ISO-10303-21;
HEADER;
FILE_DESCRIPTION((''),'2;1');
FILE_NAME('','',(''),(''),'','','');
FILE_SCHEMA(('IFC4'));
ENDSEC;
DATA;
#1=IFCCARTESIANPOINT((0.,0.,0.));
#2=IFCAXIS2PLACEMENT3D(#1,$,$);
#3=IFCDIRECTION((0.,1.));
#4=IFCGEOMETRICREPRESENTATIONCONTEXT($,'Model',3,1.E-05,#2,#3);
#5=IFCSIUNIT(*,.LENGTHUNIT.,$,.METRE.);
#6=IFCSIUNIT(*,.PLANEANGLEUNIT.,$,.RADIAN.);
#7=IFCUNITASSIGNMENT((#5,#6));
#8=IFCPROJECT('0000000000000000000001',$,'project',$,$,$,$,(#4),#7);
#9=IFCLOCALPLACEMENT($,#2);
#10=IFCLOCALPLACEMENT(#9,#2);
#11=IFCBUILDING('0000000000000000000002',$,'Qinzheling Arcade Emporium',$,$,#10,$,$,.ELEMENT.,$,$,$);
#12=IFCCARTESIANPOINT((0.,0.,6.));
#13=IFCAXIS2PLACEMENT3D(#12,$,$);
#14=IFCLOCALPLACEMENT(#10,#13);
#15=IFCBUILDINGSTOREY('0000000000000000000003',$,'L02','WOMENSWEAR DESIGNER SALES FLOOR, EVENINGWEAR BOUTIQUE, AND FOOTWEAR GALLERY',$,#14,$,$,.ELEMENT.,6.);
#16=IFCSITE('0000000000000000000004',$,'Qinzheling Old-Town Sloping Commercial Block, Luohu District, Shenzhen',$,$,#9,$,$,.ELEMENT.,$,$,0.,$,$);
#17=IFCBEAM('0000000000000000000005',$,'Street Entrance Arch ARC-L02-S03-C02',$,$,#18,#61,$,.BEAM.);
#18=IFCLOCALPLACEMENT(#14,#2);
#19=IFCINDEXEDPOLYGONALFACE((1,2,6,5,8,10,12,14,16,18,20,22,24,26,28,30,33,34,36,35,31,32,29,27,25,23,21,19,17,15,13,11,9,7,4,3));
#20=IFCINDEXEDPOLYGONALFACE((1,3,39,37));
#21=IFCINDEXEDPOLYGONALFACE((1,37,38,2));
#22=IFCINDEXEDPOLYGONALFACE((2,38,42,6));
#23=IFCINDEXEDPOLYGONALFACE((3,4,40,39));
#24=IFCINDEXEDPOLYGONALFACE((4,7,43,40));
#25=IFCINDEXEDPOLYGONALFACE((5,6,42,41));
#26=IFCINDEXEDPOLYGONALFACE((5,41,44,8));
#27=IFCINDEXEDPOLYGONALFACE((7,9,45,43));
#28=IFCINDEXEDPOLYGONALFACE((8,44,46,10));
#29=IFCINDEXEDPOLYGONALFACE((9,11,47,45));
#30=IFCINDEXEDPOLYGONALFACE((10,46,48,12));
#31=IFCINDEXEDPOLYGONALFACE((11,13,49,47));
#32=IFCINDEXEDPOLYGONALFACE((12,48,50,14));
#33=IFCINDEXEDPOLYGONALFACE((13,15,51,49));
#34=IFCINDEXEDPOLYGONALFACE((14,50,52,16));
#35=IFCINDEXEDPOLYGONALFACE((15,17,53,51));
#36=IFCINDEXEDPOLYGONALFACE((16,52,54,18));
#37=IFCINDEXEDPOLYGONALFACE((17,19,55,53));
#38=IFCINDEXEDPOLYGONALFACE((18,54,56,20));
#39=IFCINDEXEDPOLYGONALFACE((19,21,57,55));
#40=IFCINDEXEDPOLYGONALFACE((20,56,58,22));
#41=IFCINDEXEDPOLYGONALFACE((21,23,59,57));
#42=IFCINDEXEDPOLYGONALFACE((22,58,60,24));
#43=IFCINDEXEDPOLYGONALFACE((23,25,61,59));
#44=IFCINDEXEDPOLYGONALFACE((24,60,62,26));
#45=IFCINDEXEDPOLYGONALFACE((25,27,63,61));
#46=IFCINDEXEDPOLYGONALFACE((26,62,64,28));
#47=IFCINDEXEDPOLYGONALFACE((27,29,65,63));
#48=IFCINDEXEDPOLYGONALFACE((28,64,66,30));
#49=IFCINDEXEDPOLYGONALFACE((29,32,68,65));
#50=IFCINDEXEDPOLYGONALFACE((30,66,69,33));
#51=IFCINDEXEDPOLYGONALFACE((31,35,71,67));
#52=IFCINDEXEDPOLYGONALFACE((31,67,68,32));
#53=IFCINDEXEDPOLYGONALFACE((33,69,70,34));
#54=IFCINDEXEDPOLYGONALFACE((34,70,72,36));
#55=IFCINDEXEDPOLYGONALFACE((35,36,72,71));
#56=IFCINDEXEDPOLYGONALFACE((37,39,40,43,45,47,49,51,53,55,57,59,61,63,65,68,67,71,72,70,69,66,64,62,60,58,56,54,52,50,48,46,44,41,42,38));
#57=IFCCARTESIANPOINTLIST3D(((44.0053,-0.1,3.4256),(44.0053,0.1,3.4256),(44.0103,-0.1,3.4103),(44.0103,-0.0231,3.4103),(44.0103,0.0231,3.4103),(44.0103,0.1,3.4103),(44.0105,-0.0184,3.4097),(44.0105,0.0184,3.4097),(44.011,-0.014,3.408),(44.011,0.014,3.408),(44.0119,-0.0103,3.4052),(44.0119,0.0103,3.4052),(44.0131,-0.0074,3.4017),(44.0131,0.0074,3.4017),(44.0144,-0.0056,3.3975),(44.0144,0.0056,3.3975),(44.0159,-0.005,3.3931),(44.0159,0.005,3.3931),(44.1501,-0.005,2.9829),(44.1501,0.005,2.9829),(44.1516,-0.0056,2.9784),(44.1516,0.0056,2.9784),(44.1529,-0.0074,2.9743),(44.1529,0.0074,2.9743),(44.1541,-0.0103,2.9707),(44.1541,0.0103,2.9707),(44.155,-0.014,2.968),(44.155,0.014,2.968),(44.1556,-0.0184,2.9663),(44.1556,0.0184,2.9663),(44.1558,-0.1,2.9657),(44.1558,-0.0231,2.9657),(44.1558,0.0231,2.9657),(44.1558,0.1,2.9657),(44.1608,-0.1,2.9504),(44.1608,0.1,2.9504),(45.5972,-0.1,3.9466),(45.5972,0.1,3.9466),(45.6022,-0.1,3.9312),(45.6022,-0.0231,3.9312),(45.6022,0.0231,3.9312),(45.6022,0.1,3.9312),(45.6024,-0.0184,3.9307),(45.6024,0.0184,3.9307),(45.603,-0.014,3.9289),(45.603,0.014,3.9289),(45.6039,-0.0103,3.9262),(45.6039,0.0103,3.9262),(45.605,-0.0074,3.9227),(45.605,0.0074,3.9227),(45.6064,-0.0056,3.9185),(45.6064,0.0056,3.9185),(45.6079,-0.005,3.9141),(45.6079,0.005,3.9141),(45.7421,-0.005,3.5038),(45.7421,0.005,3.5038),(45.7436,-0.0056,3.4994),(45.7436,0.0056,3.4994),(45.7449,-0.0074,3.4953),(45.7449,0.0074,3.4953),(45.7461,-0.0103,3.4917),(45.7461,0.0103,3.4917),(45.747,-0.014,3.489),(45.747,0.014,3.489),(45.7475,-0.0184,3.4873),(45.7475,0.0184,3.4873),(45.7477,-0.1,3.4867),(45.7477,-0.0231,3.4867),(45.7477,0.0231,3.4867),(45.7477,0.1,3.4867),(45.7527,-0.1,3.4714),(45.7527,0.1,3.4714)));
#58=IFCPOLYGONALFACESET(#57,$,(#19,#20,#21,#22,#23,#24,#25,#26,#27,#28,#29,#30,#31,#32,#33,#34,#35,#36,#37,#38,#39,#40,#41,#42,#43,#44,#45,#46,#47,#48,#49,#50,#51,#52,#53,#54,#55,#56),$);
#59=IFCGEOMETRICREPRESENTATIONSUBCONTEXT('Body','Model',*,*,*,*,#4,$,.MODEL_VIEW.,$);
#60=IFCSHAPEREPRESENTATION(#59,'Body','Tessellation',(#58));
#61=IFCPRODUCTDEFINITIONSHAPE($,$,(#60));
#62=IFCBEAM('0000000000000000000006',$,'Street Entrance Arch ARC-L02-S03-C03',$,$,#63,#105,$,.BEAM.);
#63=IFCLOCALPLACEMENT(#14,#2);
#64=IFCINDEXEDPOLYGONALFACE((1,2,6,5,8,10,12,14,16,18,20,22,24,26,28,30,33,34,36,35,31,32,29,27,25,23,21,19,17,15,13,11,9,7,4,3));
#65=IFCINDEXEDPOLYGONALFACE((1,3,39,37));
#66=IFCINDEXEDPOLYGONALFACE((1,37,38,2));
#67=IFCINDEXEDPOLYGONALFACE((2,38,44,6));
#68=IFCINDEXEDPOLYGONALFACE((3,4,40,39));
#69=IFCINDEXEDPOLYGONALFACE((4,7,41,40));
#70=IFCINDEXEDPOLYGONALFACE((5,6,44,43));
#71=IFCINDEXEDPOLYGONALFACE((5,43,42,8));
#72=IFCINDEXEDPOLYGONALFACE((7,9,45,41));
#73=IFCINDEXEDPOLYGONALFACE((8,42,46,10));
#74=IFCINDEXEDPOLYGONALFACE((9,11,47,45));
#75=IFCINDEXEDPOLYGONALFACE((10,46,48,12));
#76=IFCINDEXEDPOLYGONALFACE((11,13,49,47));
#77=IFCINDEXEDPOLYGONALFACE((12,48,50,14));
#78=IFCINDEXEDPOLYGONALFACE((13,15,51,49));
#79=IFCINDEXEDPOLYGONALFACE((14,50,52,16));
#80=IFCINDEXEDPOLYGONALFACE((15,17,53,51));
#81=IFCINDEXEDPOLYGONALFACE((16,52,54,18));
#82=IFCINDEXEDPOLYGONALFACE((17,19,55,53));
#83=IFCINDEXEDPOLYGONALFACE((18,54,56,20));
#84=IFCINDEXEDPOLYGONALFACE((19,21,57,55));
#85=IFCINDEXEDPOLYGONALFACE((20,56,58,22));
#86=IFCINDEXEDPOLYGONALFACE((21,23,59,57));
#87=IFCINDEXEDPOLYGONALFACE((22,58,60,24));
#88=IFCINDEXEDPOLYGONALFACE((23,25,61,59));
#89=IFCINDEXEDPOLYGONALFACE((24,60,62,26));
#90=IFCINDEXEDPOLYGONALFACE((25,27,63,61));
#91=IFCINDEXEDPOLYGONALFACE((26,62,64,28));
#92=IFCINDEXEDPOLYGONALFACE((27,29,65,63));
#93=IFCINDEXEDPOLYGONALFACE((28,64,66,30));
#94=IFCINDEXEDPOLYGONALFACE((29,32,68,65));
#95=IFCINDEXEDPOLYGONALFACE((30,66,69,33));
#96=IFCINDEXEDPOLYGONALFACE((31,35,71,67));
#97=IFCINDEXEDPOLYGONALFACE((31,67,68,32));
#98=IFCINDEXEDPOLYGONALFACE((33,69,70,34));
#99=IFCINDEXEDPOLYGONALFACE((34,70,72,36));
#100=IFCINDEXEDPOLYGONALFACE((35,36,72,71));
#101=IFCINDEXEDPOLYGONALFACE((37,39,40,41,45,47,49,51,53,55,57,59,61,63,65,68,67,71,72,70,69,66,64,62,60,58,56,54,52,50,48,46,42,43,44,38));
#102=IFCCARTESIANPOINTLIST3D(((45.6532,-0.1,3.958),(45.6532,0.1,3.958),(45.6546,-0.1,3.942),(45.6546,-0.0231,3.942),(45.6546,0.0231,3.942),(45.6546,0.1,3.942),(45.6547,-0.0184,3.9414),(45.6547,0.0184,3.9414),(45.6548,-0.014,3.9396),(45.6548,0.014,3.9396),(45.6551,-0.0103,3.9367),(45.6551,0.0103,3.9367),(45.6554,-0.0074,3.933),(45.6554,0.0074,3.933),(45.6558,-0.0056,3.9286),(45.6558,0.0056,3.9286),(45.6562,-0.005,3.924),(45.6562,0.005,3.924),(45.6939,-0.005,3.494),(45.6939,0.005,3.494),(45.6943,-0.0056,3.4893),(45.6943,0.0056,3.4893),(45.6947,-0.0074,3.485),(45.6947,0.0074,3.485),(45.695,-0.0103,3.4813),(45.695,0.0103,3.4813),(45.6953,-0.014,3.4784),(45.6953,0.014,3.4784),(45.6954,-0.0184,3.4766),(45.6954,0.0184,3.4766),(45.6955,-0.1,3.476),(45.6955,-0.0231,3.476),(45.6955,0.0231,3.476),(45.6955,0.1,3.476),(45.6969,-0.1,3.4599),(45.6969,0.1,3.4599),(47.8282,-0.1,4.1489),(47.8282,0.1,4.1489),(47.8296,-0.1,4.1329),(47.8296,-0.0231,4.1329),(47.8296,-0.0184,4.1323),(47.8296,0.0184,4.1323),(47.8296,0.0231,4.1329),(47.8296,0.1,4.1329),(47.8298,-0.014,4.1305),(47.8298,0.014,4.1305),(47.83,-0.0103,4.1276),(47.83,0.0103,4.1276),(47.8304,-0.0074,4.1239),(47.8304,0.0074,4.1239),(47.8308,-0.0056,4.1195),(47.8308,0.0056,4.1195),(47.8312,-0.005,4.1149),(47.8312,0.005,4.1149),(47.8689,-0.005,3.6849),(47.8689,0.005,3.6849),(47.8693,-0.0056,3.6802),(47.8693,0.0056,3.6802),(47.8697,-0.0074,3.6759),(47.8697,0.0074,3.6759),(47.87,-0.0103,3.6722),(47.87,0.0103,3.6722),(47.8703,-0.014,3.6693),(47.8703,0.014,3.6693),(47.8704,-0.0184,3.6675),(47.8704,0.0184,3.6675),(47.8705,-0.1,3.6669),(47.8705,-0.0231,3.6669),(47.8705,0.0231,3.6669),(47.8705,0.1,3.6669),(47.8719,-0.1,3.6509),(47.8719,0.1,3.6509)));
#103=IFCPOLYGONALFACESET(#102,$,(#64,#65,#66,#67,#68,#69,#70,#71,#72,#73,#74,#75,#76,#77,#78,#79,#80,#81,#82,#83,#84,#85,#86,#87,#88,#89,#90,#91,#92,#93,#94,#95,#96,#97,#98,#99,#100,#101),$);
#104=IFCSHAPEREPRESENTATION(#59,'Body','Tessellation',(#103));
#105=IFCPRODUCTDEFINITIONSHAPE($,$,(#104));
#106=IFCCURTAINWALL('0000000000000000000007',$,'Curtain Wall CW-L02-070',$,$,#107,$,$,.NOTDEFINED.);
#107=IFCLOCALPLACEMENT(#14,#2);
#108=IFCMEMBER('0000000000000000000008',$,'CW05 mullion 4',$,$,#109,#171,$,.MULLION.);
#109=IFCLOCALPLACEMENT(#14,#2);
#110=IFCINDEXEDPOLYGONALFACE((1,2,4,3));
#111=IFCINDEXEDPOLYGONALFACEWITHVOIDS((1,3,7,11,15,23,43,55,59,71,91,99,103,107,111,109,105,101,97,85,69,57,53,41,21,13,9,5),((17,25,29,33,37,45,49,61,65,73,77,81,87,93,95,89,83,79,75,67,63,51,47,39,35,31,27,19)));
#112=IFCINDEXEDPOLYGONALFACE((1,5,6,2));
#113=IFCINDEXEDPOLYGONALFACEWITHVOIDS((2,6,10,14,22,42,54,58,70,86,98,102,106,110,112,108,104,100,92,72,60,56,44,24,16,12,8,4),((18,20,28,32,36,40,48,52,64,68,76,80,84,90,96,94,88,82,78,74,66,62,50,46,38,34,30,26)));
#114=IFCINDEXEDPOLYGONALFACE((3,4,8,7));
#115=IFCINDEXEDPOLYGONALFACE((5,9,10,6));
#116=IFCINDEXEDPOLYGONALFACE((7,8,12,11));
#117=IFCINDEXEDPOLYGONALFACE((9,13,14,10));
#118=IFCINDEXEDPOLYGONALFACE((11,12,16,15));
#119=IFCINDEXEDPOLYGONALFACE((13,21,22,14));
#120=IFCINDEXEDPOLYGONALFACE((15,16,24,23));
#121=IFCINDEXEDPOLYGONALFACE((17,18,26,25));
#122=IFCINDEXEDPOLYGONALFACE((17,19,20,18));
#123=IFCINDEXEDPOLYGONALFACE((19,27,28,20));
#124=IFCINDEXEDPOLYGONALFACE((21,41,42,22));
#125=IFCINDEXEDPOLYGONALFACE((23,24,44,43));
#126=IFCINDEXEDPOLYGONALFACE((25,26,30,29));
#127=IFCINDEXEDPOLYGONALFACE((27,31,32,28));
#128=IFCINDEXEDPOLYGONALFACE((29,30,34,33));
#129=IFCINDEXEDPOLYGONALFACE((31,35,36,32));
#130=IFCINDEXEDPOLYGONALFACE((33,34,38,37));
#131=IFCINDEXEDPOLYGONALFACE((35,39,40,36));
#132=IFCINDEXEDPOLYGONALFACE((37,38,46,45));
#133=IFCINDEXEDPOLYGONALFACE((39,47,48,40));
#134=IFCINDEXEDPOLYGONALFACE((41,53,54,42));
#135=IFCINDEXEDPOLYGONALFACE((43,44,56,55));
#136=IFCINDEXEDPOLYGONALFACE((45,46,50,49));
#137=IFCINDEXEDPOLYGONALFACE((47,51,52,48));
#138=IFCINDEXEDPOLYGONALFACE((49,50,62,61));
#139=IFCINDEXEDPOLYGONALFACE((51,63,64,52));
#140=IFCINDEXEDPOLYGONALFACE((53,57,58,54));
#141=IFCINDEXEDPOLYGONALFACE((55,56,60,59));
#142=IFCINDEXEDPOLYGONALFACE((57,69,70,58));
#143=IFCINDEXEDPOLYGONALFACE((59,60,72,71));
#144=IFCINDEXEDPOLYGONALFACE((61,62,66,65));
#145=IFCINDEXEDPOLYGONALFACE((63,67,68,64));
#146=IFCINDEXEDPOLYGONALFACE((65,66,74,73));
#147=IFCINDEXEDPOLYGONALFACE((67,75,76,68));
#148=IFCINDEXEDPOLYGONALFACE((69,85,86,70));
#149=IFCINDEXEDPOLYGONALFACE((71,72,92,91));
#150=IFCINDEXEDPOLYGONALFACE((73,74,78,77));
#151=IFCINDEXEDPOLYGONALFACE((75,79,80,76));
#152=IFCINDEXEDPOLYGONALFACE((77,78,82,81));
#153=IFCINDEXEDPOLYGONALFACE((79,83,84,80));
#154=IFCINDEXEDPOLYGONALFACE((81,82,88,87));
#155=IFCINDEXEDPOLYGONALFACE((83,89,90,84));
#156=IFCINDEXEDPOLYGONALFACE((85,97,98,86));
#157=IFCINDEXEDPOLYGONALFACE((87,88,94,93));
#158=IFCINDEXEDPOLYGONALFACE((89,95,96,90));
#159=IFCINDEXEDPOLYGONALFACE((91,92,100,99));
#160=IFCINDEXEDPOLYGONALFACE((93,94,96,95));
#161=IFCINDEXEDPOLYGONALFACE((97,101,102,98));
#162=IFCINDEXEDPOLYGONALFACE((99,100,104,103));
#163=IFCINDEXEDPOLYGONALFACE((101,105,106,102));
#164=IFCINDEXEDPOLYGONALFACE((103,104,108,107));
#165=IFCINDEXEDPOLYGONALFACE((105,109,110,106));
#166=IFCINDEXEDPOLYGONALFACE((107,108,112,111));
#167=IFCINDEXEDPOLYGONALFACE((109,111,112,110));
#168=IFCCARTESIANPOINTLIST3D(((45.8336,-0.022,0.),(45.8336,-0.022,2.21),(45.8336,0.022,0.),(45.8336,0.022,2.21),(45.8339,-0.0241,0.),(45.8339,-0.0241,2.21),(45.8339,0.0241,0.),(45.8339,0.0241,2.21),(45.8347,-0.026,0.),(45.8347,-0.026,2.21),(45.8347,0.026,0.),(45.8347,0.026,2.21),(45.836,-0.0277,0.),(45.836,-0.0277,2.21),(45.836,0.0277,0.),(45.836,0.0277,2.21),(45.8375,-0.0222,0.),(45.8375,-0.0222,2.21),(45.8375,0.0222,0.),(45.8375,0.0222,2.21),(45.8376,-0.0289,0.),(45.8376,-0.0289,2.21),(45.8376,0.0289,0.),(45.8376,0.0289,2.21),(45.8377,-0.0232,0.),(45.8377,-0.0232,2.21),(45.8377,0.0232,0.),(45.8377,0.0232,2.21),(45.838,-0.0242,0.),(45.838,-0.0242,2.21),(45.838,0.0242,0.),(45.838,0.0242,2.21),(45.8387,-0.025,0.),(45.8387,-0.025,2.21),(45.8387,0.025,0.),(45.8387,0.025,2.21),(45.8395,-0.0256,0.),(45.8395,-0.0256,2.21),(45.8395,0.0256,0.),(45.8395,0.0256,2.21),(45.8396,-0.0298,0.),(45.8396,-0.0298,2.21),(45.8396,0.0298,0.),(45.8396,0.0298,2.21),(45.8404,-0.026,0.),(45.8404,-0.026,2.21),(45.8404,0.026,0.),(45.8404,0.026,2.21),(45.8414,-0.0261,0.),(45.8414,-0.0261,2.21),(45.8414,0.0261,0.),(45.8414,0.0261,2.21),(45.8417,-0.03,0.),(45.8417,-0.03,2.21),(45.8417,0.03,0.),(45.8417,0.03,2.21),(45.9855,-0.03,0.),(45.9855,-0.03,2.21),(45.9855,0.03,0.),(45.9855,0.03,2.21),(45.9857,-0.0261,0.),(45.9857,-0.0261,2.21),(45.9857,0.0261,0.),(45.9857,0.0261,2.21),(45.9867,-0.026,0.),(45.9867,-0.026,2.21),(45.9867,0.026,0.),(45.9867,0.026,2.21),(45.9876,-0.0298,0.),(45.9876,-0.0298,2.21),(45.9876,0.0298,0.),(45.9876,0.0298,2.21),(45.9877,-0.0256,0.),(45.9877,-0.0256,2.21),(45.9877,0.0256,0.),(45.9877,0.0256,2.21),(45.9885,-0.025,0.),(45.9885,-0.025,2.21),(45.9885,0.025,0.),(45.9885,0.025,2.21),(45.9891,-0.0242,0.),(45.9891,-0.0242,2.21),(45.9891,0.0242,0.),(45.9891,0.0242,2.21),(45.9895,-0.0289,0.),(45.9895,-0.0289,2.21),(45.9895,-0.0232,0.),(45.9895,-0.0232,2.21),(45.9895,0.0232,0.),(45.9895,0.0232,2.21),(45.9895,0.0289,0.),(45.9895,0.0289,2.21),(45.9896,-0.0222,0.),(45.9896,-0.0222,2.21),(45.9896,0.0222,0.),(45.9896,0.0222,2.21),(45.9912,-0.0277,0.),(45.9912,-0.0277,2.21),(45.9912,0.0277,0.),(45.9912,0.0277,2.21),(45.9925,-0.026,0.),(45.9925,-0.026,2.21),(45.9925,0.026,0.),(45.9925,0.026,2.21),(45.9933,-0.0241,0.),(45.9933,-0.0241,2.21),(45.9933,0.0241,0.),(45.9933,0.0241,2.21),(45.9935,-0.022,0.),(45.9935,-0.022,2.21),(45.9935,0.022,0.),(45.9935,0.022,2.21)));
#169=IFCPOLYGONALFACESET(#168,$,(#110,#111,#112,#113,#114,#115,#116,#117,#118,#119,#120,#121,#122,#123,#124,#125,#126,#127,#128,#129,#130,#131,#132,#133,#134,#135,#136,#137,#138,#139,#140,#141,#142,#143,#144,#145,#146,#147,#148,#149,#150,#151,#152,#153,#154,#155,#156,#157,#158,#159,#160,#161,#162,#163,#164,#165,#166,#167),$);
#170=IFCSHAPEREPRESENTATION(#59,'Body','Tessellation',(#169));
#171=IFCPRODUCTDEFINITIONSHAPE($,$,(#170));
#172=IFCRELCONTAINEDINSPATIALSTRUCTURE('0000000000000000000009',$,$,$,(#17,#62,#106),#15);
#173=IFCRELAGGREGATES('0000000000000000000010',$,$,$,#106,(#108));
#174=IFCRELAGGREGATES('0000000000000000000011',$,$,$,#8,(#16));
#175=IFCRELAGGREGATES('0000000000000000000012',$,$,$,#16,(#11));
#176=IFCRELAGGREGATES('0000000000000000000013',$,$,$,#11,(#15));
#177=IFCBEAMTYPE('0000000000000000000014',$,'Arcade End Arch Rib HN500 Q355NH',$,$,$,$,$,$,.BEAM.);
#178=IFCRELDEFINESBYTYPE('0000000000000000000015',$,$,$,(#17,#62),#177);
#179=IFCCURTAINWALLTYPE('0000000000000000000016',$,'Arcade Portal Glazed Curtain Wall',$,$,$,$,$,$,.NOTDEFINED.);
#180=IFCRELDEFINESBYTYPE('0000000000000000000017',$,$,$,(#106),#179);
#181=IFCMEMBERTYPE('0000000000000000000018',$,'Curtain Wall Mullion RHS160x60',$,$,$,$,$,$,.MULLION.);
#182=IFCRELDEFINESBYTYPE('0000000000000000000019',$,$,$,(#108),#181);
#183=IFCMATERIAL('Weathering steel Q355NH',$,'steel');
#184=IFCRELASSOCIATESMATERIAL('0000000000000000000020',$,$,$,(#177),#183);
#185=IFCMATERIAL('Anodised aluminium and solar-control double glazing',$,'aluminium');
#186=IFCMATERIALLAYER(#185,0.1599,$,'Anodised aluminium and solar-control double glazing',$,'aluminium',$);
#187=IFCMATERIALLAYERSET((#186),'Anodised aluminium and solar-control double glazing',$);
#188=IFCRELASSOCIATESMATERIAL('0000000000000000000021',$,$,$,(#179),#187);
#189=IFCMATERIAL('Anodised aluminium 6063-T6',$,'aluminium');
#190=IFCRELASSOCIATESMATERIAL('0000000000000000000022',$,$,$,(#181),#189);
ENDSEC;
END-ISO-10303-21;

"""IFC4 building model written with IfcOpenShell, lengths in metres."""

from ifc_helpers import new_model, si_unit, direction, frame, origin, origin_2d, place, context, subcontext, project, spatial, hollow_rectangle, i_section, extrude, material, layer, layer_set, material_profile, profile_set, type_object, element, aggregate, save


model = new_model("IFC4")

# Units and contexts
model_context = context("Model", 3, precision=1e-05, world=origin(), true_north=direction((0.0, 1.0)))
body_context = subcontext(model_context, "Body", "Model", "MODEL_VIEW")
ifc_project = project(units=[si_unit("LENGTHUNIT", "METRE"), si_unit("PLANEANGLEUNIT", "RADIAN")], contexts=[model_context])

# Site, building, storey
site_placement = place(None, origin())
site = spatial("IfcSite", under=ifc_project, at=site_placement, Name="Qinzheling Old-Town Sloping Commercial Block, Luohu District, Shenzhen", CompositionType="ELEMENT", RefElevation=0.0)
building_placement = place(site_placement, origin())
building = spatial("IfcBuilding", under=site, at=building_placement, Name="Qinzheling Arcade Emporium", CompositionType="ELEMENT")
storey_placement = place(building_placement, frame((0.0, 0.0, 6.0)))
storey = spatial("IfcBuildingStorey", under=building, at=storey_placement, Name="L02", Description="WOMENSWEAR DESIGNER SALES FLOOR, EVENINGWEAR BOUTIQUE, AND FOOTWEAR GALLERY", CompositionType="ELEMENT", Elevation=6.0)

# Beams
ifc_material_1 = material(Name="Weathering steel Q355NH", Category="steel")
ifc_material_profile_1 = material_profile(ifc_material_1, i_section(OverallWidth=0.2, OverallDepth=0.5, WebThickness=0.01, FlangeThickness=0.0161, FilletRadius=0.0181, at=origin_2d()), Name="HN 500x200x10x16", Category="steel")
ifc_profile_set_1 = profile_set([ifc_material_profile_1], Name="Weathering steel Q355NH")
beam_type_1 = type_object("IfcBeamType", Name="Arcade End Arch Rib HN500 Q355NH", PredefinedType="BEAM", material=ifc_profile_set_1)
beam_1_placement = place(storey_placement, frame((44.083, 0.0, 3.188), z_axis=(0.950403, 0.0, 0.31102), x_axis=(0.0, 1.0, 0.0)))
element("IfcBeam", 1, at=beam_1_placement, inside=storey, type_object=beam_type_1, Name="Street Entrance Arch ARC-L02-S03-C02", PredefinedType="BEAM", context=body_context, shape_type="SweptSolid", body=[
    extrude(i_section(OverallWidth=0.2, OverallDepth=0.5, WebThickness=0.01, FlangeThickness=0.0161, FilletRadius=0.0181, at=origin_2d()), origin(), (0.0, 0.0, 1.0), 1.675),
])
beam_2_placement = place(storey_placement, frame((45.675, 0.0, 3.709), z_axis=(0.99617, 0.0, 0.08744), x_axis=(0.0, 1.0, 0.0)))
element("IfcBeam", 2, at=beam_2_placement, inside=storey, type_object=beam_type_1, Name="Street Entrance Arch ARC-L02-S03-C03", PredefinedType="BEAM", context=body_context, shape_type="SweptSolid", body=[
    extrude(i_section(OverallWidth=0.2, OverallDepth=0.5, WebThickness=0.01, FlangeThickness=0.0161, FilletRadius=0.0181, at=origin_2d()), origin(), (0.0, 0.0, 1.0), 2.1833),
])

# Curtain wall, member
ifc_material_2 = material(Name="Anodised aluminium and solar-control double glazing", Category="aluminium")
ifc_layer_1 = layer(ifc_material_2, 0.1599, Name="Anodised aluminium and solar-control double glazing", Category="aluminium")
ifc_layer_set_1 = layer_set([ifc_layer_1], Name="Anodised aluminium and solar-control double glazing")
curtain_wall_type = type_object("IfcCurtainWallType", Name="Arcade Portal Glazed Curtain Wall", PredefinedType="NOTDEFINED", material=ifc_layer_set_1)
curtain_wall_1_placement = place(storey_placement, origin())
curtain_wall_1 = element("IfcCurtainWall", 3, at=curtain_wall_1_placement, inside=storey, type_object=curtain_wall_type, Name="Curtain Wall CW-L02-070", PredefinedType="NOTDEFINED")
ifc_material_3 = material(Name="Anodised aluminium 6063-T6", Category="aluminium")
ifc_material_profile_2 = material_profile(ifc_material_3, hollow_rectangle(XDim=0.0601, YDim=0.1599, WallThickness=0.0039, InnerFilletRadius=0.0039, OuterFilletRadius=0.0081, at=origin_2d()), Name="RHS 160x60x4", Category="aluminium")
ifc_profile_set_2 = profile_set([ifc_material_profile_2], Name="Anodised aluminium 6063-T6")
member_type_1 = type_object("IfcMemberType", Name="Curtain Wall Mullion RHS160x60", PredefinedType="MULLION", material=ifc_profile_set_2)
member_1_placement = place(storey_placement, frame((45.9136, 0.0, 0.0), z_axis=(0.0, 0.0, 1.0), x_axis=(0.0, -1.0, 0.0)))
member_1 = element("IfcMember", 4, at=member_1_placement, type_object=member_type_1, Name="CW05 mullion 4", PredefinedType="MULLION", context=body_context, shape_type="SweptSolid", body=[
    extrude(hollow_rectangle(XDim=0.0601, YDim=0.1599, WallThickness=0.0039, InnerFilletRadius=0.0039, OuterFilletRadius=0.0081, at=origin_2d()), origin(), (0.0, 0.0, 1.0), 2.21),
])

aggregate(curtain_wall_1, [member_1])

save(model, "model.ifc")
